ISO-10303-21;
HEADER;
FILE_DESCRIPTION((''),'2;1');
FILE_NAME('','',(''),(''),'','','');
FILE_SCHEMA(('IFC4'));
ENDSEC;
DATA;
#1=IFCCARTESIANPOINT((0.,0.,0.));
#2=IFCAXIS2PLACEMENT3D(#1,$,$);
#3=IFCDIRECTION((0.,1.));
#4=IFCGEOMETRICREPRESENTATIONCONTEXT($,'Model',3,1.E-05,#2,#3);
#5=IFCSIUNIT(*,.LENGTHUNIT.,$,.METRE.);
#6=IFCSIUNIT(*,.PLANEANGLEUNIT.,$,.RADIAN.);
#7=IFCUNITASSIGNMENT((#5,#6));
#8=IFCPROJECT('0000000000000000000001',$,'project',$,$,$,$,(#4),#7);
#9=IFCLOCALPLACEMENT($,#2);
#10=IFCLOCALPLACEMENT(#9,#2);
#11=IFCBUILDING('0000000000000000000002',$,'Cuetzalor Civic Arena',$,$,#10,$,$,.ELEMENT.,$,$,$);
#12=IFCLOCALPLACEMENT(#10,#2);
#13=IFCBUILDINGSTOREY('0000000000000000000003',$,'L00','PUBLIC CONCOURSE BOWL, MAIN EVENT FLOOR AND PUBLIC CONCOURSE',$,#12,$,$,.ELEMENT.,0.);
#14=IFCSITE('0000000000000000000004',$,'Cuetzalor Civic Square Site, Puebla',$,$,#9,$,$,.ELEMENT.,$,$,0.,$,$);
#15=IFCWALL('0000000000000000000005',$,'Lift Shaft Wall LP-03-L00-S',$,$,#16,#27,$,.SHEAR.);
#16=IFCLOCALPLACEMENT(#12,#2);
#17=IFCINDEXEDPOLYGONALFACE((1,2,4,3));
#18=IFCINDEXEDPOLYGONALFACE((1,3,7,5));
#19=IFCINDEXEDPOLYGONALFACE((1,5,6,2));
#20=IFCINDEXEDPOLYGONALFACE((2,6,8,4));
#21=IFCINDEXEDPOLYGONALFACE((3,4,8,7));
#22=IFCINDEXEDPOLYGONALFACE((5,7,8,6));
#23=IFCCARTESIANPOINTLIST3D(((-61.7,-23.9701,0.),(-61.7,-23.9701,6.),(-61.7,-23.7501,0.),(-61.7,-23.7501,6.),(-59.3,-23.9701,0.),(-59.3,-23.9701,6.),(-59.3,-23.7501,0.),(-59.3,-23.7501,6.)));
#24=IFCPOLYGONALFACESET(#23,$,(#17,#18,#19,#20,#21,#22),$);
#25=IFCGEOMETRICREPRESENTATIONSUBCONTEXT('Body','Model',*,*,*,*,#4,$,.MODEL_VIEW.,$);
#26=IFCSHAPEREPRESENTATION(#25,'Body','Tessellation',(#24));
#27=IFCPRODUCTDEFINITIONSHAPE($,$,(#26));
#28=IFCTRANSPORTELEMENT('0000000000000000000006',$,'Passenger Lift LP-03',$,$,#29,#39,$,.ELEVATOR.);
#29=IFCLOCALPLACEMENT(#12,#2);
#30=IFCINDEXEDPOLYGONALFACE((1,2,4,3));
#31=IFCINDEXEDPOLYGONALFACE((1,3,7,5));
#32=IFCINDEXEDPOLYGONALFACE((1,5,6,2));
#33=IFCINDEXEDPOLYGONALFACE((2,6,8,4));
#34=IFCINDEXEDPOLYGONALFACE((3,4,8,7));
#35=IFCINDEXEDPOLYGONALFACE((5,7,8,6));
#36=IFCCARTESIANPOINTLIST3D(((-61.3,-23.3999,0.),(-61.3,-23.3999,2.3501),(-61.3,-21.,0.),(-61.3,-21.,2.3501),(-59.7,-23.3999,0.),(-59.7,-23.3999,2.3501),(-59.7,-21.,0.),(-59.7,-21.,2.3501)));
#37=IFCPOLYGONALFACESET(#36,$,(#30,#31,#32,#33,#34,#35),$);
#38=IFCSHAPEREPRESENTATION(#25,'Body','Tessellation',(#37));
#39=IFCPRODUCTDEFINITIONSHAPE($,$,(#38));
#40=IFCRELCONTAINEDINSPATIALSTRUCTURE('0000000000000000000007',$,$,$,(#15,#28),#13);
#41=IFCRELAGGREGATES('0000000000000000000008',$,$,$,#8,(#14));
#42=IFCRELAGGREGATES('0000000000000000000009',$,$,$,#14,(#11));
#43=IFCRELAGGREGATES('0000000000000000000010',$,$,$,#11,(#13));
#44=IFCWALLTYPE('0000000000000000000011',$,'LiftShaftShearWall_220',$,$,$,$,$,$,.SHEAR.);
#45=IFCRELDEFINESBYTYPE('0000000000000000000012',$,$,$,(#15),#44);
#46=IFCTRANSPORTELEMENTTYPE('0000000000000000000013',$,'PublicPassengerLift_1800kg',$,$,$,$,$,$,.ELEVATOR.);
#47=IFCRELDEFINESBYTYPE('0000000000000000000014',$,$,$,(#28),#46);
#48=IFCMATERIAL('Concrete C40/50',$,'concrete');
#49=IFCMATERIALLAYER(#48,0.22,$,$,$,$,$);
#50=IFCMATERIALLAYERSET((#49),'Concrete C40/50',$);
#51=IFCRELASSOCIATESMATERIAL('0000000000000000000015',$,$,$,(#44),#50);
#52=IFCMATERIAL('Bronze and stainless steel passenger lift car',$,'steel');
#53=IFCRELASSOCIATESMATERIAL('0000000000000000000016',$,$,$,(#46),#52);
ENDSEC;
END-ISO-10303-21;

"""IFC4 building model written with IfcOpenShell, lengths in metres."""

from ifc_helpers import new_model, si_unit, direction, frame, frame_2d, origin, origin_2d, place, context, subcontext, project, spatial, rectangle, extrude, material, layer, layer_set, type_object, element, save


model = new_model("IFC4")

# Units and contexts
model_context = context("Model", 3, precision=1e-05, world=origin(), true_north=direction((0.0, 1.0)))
body_context = subcontext(model_context, "Body", "Model", "MODEL_VIEW")
ifc_project = project(units=[si_unit("LENGTHUNIT", "METRE"), si_unit("PLANEANGLEUNIT", "RADIAN")], contexts=[model_context])

# Site, building, storey
site_placement = place(None, origin())
site = spatial("IfcSite", under=ifc_project, at=site_placement, Name="Cuetzalor Civic Square Site, Puebla", CompositionType="ELEMENT", RefElevation=0.0)
building_placement = place(site_placement, origin())
building = spatial("IfcBuilding", under=site, at=building_placement, Name="Cuetzalor Civic Arena", CompositionType="ELEMENT")
storey_placement = place(building_placement, origin())
storey = spatial("IfcBuildingStorey", under=building, at=storey_placement, Name="L00", Description="PUBLIC CONCOURSE BOWL, MAIN EVENT FLOOR AND PUBLIC CONCOURSE", CompositionType="ELEMENT", Elevation=0.0)

# Shared definitions
ifc_material_1 = material(Name="Concrete C40/50", Category="concrete")
ifc_layer_1 = layer(ifc_material_1, 0.22)
ifc_layer_set_1 = layer_set([ifc_layer_1], Name="Concrete C40/50")
wall_type_1 = type_object("IfcWallType", Name="LiftShaftShearWall_220", PredefinedType="SHEAR", material=ifc_layer_set_1)

# Wall
wall_1_placement = place(storey_placement, frame((-59.3, -23.8601, 0.0), z_axis=(0.0, 0.0, 1.0), x_axis=(-1.0, 0.0, 0.0)))
element("IfcWall", 1, at=wall_1_placement, inside=storey, type_object=wall_type_1, Name="Lift Shaft Wall LP-03-L00-S", PredefinedType="SHEAR", context=body_context, shape_type="SweptSolid", body=[
    extrude(rectangle(XDim=2.3999, YDim=0.22, at=frame_2d((1.2, 0.0))), origin(), (0.0, 0.0, 1.0), 6.0),
])

# Transport element
ifc_material_2 = material(Name="Bronze and stainless steel passenger lift car", Category="steel")
transport_element_type = type_object("IfcTransportElementType", Name="PublicPassengerLift_1800kg", PredefinedType="ELEVATOR", material=ifc_material_2)
transport_element_placement = place(storey_placement, frame((-60.5, -22.2, 0.0), z_axis=(0.0, 0.0, 1.0), x_axis=(-1.0, 0.0, 0.0)))
element("IfcTransportElement", 2, at=transport_element_placement, inside=storey, type_object=transport_element_type, Name="Passenger Lift LP-03", PredefinedType="ELEVATOR", context=body_context, shape_type="SweptSolid", body=[
    extrude(rectangle(XDim=1.6001, YDim=2.3999, at=origin_2d()), origin(), (0.0, 0.0, 1.0), 2.3501),
])

save(model, "model.ifc")
